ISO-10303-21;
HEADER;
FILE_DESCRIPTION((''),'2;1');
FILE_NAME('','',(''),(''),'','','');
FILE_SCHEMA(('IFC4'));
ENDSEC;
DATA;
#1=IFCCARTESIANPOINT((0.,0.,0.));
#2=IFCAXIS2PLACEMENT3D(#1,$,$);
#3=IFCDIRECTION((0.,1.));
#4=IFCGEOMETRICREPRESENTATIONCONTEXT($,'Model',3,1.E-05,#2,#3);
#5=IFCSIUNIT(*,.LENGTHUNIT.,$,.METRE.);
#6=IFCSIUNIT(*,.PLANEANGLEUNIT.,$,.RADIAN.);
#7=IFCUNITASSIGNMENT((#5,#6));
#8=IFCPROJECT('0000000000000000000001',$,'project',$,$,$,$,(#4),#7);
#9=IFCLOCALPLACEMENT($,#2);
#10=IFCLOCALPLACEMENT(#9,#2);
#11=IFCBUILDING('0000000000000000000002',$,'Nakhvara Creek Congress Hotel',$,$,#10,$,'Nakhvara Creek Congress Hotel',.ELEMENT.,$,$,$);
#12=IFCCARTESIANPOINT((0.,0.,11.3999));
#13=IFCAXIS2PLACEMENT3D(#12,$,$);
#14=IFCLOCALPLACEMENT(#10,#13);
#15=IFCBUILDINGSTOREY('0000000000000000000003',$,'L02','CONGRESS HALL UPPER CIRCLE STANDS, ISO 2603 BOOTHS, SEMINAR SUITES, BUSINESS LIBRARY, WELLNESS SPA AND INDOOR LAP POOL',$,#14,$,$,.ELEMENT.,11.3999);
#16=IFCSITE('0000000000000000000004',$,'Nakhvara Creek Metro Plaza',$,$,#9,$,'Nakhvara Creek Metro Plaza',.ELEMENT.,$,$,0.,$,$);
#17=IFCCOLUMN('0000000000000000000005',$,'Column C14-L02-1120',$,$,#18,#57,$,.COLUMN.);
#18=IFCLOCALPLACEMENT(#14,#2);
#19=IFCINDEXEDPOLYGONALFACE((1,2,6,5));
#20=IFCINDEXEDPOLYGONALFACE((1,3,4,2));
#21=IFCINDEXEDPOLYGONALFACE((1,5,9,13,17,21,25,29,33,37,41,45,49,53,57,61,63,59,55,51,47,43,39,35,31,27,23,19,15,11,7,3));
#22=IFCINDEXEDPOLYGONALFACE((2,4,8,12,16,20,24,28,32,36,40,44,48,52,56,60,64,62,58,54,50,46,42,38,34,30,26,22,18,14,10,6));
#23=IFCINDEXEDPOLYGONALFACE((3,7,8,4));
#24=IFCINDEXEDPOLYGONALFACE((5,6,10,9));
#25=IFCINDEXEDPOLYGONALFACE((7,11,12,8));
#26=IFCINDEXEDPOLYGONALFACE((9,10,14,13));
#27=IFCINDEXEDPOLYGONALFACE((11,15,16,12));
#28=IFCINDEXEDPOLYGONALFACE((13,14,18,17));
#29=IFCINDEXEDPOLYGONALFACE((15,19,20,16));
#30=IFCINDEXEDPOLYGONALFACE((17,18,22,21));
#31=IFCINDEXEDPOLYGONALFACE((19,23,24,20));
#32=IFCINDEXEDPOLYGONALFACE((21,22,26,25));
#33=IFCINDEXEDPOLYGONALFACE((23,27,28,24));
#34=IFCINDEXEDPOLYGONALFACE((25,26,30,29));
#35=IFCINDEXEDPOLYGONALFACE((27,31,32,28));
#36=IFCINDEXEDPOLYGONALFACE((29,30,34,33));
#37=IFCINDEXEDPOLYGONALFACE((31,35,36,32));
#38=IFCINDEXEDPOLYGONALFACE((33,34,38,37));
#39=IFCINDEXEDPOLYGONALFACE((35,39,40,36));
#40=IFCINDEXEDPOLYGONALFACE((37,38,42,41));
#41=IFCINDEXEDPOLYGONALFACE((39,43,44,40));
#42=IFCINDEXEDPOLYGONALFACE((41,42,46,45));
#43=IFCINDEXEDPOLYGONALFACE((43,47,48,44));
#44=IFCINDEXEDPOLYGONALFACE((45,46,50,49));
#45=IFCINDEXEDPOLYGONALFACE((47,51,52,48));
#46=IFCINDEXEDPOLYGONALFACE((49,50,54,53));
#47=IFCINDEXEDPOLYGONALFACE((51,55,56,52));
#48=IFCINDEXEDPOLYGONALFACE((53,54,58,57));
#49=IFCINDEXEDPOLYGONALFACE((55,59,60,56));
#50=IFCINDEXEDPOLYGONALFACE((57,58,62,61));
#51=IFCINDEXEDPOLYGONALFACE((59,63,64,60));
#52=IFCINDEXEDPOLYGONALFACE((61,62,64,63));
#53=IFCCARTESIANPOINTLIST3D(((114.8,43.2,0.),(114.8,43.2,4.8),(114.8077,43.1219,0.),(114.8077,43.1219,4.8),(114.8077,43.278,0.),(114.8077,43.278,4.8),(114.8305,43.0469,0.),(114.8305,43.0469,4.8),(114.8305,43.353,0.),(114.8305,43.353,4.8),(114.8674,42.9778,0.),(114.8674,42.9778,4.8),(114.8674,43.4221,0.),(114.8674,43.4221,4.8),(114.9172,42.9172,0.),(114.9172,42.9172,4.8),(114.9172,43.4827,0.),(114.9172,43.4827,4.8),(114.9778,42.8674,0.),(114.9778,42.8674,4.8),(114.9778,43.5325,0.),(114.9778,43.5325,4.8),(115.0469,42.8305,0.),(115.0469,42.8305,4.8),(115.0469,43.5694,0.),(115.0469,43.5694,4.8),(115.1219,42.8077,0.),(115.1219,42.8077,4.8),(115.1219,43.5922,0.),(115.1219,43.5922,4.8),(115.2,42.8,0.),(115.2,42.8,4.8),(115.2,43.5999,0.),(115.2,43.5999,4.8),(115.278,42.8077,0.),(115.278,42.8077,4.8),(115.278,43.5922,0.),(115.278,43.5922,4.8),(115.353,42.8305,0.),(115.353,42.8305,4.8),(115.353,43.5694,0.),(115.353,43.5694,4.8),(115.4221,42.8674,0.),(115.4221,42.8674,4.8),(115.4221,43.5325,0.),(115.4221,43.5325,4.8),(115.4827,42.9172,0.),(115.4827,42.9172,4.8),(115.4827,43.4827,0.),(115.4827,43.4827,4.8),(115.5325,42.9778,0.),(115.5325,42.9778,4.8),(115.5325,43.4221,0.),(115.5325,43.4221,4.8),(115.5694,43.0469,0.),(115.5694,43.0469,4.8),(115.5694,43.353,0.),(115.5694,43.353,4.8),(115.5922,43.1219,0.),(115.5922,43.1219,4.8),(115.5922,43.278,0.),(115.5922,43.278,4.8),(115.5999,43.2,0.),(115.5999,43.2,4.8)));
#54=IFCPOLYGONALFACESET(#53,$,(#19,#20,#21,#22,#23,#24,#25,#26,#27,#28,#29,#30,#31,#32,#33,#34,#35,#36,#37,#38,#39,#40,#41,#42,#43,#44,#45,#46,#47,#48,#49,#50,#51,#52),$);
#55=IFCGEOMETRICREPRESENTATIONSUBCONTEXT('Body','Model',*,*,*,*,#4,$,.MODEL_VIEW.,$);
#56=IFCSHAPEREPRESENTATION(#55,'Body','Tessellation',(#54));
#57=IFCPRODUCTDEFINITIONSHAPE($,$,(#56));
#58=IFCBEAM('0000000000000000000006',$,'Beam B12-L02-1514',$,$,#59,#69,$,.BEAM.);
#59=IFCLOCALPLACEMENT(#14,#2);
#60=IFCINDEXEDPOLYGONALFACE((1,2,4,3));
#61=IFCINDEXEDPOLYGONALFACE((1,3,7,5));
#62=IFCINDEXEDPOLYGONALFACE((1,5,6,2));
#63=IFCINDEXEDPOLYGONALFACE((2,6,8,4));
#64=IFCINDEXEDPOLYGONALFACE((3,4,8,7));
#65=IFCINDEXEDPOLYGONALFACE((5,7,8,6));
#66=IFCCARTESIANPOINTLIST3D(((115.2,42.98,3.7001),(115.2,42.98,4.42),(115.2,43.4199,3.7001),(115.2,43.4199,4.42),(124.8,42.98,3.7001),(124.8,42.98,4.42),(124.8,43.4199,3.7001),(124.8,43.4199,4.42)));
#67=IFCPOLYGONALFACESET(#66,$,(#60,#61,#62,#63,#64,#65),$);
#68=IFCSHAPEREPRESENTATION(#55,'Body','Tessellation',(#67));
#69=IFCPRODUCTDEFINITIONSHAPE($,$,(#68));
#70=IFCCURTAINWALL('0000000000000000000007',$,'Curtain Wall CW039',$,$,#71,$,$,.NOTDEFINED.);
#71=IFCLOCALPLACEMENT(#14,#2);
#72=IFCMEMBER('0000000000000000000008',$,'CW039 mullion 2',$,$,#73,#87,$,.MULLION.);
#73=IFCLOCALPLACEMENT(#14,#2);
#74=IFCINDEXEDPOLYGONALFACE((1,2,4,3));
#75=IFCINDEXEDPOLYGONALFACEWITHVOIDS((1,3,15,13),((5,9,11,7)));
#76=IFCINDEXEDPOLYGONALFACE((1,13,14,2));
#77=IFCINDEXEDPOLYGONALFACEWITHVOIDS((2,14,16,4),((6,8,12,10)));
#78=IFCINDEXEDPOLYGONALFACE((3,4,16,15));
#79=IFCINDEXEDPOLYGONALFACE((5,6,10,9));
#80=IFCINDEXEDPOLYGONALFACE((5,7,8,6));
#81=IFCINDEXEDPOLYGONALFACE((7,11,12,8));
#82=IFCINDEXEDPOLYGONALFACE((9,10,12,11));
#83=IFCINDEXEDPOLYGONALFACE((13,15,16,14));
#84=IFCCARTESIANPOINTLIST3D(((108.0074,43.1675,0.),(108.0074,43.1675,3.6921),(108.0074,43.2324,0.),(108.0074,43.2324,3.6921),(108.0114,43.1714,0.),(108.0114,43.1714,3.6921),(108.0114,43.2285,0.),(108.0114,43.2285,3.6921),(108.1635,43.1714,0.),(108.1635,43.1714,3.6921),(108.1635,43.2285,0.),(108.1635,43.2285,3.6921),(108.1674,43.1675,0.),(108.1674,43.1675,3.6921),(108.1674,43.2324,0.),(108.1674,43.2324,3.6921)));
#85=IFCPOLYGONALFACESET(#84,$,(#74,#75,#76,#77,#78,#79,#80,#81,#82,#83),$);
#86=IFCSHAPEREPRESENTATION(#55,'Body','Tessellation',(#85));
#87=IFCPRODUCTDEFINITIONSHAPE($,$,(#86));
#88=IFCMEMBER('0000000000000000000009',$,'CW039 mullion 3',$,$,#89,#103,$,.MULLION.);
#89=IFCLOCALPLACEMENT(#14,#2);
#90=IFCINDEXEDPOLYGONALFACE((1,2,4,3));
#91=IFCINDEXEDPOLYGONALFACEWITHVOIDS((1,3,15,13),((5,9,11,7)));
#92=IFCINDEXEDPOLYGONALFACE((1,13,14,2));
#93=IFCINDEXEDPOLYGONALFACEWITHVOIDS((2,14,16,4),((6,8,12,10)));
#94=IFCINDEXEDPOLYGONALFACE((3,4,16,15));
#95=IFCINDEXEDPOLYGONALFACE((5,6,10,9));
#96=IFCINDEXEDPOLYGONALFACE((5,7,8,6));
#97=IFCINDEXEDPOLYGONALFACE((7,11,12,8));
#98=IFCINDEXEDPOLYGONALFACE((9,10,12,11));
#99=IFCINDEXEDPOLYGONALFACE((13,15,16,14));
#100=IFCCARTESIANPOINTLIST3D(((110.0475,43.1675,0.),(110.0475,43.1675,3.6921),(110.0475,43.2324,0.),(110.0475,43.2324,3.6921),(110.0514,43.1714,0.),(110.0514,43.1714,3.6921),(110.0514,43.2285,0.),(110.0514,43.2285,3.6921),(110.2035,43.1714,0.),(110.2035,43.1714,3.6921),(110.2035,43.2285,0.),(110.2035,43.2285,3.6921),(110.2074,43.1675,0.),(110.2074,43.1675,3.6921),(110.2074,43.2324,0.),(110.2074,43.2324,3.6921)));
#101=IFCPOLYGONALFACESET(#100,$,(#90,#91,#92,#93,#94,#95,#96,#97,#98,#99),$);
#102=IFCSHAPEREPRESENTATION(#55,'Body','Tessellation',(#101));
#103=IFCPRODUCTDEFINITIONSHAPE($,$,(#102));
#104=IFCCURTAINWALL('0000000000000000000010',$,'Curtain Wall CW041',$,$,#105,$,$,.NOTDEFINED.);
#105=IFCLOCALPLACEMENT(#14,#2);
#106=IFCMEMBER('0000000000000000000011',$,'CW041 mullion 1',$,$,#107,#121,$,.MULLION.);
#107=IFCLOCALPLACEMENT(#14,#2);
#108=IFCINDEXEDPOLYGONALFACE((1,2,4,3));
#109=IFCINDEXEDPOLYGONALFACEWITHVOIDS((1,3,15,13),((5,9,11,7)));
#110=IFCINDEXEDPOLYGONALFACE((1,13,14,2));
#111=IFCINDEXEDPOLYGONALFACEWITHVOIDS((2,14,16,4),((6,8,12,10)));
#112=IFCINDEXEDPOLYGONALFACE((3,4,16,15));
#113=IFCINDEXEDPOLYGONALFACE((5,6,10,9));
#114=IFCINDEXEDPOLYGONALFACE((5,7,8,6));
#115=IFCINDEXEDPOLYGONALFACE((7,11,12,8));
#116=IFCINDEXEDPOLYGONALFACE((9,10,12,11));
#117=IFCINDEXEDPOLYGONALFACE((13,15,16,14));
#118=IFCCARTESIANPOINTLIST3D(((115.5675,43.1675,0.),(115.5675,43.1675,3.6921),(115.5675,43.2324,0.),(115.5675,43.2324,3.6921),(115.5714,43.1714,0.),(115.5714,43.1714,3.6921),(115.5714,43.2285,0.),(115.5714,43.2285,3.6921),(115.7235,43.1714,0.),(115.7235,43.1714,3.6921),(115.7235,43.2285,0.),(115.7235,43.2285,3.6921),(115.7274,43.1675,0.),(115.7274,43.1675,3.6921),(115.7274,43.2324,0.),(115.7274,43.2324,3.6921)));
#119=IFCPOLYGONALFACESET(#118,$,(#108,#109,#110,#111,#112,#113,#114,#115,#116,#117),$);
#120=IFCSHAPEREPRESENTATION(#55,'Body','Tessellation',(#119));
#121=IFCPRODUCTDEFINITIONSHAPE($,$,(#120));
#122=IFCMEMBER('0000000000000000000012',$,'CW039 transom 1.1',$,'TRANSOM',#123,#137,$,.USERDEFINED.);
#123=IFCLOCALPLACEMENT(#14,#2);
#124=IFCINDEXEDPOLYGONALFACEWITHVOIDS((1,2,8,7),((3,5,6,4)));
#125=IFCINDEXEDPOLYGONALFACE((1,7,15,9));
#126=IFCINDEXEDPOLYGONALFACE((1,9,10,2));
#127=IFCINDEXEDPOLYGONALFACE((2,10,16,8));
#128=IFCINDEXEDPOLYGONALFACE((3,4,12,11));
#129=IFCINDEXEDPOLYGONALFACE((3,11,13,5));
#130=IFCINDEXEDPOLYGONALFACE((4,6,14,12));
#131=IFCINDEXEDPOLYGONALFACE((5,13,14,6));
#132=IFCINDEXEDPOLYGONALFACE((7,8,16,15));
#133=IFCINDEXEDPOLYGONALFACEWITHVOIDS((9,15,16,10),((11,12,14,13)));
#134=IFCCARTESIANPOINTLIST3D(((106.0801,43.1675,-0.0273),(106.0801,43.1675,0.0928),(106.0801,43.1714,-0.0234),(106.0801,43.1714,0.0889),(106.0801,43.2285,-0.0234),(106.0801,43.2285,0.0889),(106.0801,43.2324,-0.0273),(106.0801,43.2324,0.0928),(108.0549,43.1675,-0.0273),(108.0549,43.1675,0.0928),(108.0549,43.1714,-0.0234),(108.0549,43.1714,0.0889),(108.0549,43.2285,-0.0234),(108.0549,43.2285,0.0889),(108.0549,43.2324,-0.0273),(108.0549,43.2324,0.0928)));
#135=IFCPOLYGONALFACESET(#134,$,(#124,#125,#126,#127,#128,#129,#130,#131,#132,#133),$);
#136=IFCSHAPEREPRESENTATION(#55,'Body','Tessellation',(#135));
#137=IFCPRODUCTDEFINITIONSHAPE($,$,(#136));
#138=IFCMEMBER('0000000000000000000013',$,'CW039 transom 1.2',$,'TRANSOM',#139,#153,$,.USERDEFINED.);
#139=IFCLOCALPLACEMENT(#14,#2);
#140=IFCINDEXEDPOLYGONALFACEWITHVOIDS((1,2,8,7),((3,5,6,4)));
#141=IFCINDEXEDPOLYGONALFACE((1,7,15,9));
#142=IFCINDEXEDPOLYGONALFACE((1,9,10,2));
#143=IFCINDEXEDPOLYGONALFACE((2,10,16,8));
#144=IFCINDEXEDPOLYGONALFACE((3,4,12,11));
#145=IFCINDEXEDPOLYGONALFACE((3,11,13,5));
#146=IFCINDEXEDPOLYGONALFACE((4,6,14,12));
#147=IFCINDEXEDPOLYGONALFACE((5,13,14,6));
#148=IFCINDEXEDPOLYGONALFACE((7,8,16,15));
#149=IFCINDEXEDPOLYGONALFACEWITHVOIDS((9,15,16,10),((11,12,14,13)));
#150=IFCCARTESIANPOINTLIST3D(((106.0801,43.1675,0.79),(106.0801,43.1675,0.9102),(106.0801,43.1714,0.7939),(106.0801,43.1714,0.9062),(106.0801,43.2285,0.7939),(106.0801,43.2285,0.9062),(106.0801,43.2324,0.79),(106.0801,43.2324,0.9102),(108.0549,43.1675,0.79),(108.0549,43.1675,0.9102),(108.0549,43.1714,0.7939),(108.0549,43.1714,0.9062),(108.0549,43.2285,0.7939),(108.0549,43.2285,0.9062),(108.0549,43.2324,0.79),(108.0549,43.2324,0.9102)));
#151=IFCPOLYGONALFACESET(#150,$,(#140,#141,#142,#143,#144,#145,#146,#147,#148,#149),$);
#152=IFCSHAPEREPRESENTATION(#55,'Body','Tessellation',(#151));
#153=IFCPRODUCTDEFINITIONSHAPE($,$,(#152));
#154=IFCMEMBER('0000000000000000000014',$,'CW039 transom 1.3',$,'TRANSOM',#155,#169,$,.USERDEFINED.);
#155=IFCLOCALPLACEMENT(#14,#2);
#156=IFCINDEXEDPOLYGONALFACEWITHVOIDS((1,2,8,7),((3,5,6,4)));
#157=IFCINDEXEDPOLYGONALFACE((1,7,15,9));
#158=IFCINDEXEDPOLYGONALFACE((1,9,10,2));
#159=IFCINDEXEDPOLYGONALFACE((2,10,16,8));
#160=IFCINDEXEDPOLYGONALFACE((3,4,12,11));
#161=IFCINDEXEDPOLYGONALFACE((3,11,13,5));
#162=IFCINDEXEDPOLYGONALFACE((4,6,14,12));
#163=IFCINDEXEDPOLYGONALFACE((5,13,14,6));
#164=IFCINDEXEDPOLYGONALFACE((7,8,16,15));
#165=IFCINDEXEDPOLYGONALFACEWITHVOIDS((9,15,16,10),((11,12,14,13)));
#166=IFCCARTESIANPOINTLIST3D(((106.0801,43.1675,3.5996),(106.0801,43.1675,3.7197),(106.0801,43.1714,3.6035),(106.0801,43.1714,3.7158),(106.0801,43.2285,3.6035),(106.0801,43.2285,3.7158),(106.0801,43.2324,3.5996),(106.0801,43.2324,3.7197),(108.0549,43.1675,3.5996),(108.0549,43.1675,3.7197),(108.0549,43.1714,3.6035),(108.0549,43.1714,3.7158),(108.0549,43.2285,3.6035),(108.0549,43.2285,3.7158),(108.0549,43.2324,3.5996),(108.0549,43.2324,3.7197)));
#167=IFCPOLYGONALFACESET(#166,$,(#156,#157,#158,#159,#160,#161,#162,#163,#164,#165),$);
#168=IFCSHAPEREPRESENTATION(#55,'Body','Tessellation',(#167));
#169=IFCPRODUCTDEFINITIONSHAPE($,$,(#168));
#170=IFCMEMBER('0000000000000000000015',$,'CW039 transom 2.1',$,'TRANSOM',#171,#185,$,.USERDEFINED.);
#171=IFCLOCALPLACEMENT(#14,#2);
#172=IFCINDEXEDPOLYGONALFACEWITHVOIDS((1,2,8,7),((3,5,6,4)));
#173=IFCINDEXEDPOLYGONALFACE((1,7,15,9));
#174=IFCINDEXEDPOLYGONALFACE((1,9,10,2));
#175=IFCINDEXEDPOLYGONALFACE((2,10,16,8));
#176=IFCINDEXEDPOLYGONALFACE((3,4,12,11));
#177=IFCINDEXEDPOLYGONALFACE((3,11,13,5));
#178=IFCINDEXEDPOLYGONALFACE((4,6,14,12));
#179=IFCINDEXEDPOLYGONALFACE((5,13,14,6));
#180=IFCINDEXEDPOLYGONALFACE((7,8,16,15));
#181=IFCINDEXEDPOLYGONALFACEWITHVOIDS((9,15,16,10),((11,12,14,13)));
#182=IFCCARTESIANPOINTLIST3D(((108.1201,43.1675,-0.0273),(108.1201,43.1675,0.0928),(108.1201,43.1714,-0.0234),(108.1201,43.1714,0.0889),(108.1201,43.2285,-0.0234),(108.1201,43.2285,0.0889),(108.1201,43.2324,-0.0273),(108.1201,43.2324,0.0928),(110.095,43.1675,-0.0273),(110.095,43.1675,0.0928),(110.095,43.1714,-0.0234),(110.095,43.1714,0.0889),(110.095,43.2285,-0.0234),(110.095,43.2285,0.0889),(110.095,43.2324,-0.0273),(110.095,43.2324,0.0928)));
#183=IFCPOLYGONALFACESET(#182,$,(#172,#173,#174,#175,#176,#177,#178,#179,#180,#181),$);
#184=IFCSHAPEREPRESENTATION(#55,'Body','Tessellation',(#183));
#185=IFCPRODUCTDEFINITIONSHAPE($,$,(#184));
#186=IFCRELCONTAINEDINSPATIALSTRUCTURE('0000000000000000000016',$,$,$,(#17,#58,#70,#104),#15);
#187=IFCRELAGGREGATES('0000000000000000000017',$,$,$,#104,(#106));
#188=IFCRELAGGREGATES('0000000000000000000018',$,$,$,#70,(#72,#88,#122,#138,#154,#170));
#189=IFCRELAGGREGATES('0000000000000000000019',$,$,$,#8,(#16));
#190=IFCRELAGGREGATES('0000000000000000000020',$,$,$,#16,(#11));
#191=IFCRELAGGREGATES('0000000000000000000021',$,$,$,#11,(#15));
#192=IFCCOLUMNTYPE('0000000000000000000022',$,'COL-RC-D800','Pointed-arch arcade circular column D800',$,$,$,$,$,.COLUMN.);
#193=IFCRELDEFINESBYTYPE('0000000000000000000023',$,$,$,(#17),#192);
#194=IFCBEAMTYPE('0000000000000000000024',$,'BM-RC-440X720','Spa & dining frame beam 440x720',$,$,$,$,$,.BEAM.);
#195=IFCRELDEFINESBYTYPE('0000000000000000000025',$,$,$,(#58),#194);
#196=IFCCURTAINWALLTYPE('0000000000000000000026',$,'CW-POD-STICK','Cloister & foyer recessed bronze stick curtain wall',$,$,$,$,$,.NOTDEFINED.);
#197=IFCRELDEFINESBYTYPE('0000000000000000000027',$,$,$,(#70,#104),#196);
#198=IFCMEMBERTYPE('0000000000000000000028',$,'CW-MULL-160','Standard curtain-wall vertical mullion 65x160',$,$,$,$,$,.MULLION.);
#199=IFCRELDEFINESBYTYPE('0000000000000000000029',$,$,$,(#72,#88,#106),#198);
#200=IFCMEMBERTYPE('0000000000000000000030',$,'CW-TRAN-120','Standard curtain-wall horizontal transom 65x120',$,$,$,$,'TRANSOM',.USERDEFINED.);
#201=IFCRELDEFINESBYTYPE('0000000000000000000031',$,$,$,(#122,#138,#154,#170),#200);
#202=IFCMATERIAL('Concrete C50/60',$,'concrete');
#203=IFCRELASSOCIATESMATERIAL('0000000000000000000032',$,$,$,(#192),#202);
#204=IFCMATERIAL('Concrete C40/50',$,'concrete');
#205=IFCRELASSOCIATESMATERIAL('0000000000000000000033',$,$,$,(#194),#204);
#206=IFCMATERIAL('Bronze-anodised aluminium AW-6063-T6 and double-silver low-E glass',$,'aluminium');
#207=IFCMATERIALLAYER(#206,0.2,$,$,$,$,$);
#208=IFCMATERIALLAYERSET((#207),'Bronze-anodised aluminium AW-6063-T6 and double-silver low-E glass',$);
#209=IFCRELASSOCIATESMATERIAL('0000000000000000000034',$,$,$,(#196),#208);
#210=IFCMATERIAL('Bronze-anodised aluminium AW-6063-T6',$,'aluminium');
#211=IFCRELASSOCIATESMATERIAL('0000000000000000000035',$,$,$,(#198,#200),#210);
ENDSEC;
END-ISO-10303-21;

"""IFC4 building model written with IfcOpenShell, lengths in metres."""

from ifc_helpers import new_model, si_unit, direction, frame, origin, origin_2d, place, context, subcontext, project, spatial, rectangle, hollow_rectangle, circle, extrude, material, layer, layer_set, material_profile, profile_set, type_object, element, aggregate, save


model = new_model("IFC4")

# Units and contexts
model_context = context("Model", 3, precision=1e-05, world=origin(), true_north=direction((0.0, 1.0)))
body_context = subcontext(model_context, "Body", "Model", "MODEL_VIEW")
ifc_project = project(units=[si_unit("LENGTHUNIT", "METRE"), si_unit("PLANEANGLEUNIT", "RADIAN")], contexts=[model_context])

# Site, building, storey
site_placement = place(None, origin())
site = spatial("IfcSite", under=ifc_project, at=site_placement, Name="Nakhvara Creek Metro Plaza", LongName="Nakhvara Creek Metro Plaza", CompositionType="ELEMENT", RefElevation=0.0)
building_placement = place(site_placement, origin())
building = spatial("IfcBuilding", under=site, at=building_placement, Name="Nakhvara Creek Congress Hotel", LongName="Nakhvara Creek Congress Hotel", CompositionType="ELEMENT")
storey_placement = place(building_placement, frame((0.0, 0.0, 11.3999)))
storey = spatial("IfcBuildingStorey", under=building, at=storey_placement, Name="L02", Description="CONGRESS HALL UPPER CIRCLE STANDS, ISO 2603 BOOTHS, SEMINAR SUITES, BUSINESS LIBRARY, WELLNESS SPA AND INDOOR LAP POOL", CompositionType="ELEMENT", Elevation=11.3999)

# Column
ifc_material_1 = material(Name="Concrete C50/60", Category="concrete")
ifc_material_profile_1 = material_profile(ifc_material_1, circle(Radius=0.3999, at=origin_2d()), Name="RC-COL D800", Category="LoadBearing")
ifc_profile_set_1 = profile_set([ifc_material_profile_1], Name="Concrete C50/60")
column_type = type_object("IfcColumnType", Name="COL-RC-D800", Description="Pointed-arch arcade circular column D800", PredefinedType="COLUMN", material=ifc_profile_set_1)
column_placement = place(storey_placement, frame((115.2, 43.2, 0.0), z_axis=(0.0, 0.0, 1.0), x_axis=(1.0, 0.0, 0.0)))
element("IfcColumn", 1, at=column_placement, inside=storey, type_object=column_type, Name="Column C14-L02-1120", PredefinedType="COLUMN", context=body_context, shape_type="SweptSolid", body=[
    extrude(circle(Radius=0.3999, at=origin_2d()), origin(), (0.0, 0.0, 1.0), 4.8),
])

# Beam
ifc_material_2 = material(Name="Concrete C40/50", Category="concrete")
ifc_material_profile_2 = material_profile(ifc_material_2, rectangle(XDim=0.4399, YDim=0.72, at=origin_2d()), Name="RC-BM 440x720", Category="LoadBearing")
ifc_profile_set_2 = profile_set([ifc_material_profile_2], Name="Concrete C40/50")
beam_type = type_object("IfcBeamType", Name="BM-RC-440X720", Description="Spa & dining frame beam 440x720", PredefinedType="BEAM", material=ifc_profile_set_2)
beam_placement = place(storey_placement, frame((115.2, 43.2, 4.0601), z_axis=(1.0, 0.0, 0.0), x_axis=(0.0, 1.0, 0.0)))
element("IfcBeam", 2, at=beam_placement, inside=storey, type_object=beam_type, Name="Beam B12-L02-1514", PredefinedType="BEAM", context=body_context, shape_type="SweptSolid", body=[
    extrude(rectangle(XDim=0.4399, YDim=0.72, at=origin_2d()), origin(), (0.0, 0.0, 1.0), 9.6001),
])

# Curtain wall, members
ifc_material_3 = material(Name="Bronze-anodised aluminium AW-6063-T6 and double-silver low-E glass", Category="aluminium")
ifc_layer = layer(ifc_material_3, 0.2)
ifc_layer_set = layer_set([ifc_layer], Name="Bronze-anodised aluminium AW-6063-T6 and double-silver low-E glass")
curtain_wall_type = type_object("IfcCurtainWallType", Name="CW-POD-STICK", Description="Cloister & foyer recessed bronze stick curtain wall", PredefinedType="NOTDEFINED", material=ifc_layer_set)
curtain_wall_1_placement = place(storey_placement, origin())
curtain_wall_1 = element("IfcCurtainWall", 3, at=curtain_wall_1_placement, inside=storey, type_object=curtain_wall_type, Name="Curtain Wall CW039", PredefinedType="NOTDEFINED")
ifc_material_4 = material(Name="Bronze-anodised aluminium AW-6063-T6", Category="aluminium")
ifc_material_profile_3 = material_profile(ifc_material_4, hollow_rectangle(XDim=0.0649, YDim=0.1599, WallThickness=0.0039, at=origin_2d()), Name="ALU-MULL 65x160x4", Category="LoadBearing")
ifc_profile_set_3 = profile_set([ifc_material_profile_3], Name="Bronze-anodised aluminium AW-6063-T6")
member_type_1 = type_object("IfcMemberType", Name="CW-MULL-160", Description="Standard curtain-wall vertical mullion 65x160", PredefinedType="MULLION", material=ifc_profile_set_3)
member_1_placement = place(storey_placement, frame((108.0874, 43.2, 0.0), z_axis=(0.0, 0.0, 1.0), x_axis=(0.0, 1.0, 0.0)))
member_1 = element("IfcMember", 4, at=member_1_placement, type_object=member_type_1, Name="CW039 mullion 2", PredefinedType="MULLION", context=body_context, shape_type="SweptSolid", body=[
    extrude(hollow_rectangle(XDim=0.0649, YDim=0.1599, WallThickness=0.0039, at=origin_2d()), origin(), (0.0, 0.0, 1.0), 3.6921),
])
member_2_placement = place(storey_placement, frame((110.1274, 43.2, 0.0), z_axis=(0.0, 0.0, 1.0), x_axis=(0.0, 1.0, 0.0)))
member_2 = element("IfcMember", 5, at=member_2_placement, type_object=member_type_1, Name="CW039 mullion 3", PredefinedType="MULLION", context=body_context, shape_type="SweptSolid", body=[
    extrude(hollow_rectangle(XDim=0.0649, YDim=0.1599, WallThickness=0.0039, at=origin_2d()), origin(), (0.0, 0.0, 1.0), 3.6921),
])

# Curtain wall, member
curtain_wall_2_placement = place(storey_placement, origin())
curtain_wall_2 = element("IfcCurtainWall", 6, at=curtain_wall_2_placement, inside=storey, type_object=curtain_wall_type, Name="Curtain Wall CW041", PredefinedType="NOTDEFINED")
member_3_placement = place(storey_placement, frame((115.6475, 43.2, 0.0), z_axis=(0.0, 0.0, 1.0), x_axis=(0.0, 1.0, 0.0)))
member_3 = element("IfcMember", 7, at=member_3_placement, type_object=member_type_1, Name="CW041 mullion 1", PredefinedType="MULLION", context=body_context, shape_type="SweptSolid", body=[
    extrude(hollow_rectangle(XDim=0.0649, YDim=0.1599, WallThickness=0.0039, at=origin_2d()), origin(), (0.0, 0.0, 1.0), 3.6921),
])

# Members
ifc_material_profile_4 = material_profile(ifc_material_4, hollow_rectangle(XDim=0.0649, YDim=0.1201, WallThickness=0.0039, at=origin_2d()), Name="ALU-TRAN 65x120x4", Category="LoadBearing")
ifc_profile_set_4 = profile_set([ifc_material_profile_4], Name="Bronze-anodised aluminium AW-6063-T6")
member_type_2 = type_object("IfcMemberType", Name="CW-TRAN-120", Description="Standard curtain-wall horizontal transom 65x120", ElementType="TRANSOM", PredefinedType="USERDEFINED", material=ifc_profile_set_4)
member_4_placement = place(storey_placement, frame((106.0801, 43.2, 0.0327), z_axis=(1.0, 0.0, 0.0), x_axis=(0.0, 1.0, 0.0)))
member_4 = element("IfcMember", 8, at=member_4_placement, type_object=member_type_2, Name="CW039 transom 1.1", ObjectType="TRANSOM", PredefinedType="USERDEFINED", context=body_context, shape_type="SweptSolid", body=[
    extrude(hollow_rectangle(XDim=0.0649, YDim=0.1201, WallThickness=0.0039, at=origin_2d()), origin(), (0.0, 0.0, 1.0), 1.9749),
])
member_5_placement = place(storey_placement, frame((106.0801, 43.2, 0.8501), z_axis=(1.0, 0.0, 0.0), x_axis=(0.0, 1.0, 0.0)))
member_5 = element("IfcMember", 9, at=member_5_placement, type_object=member_type_2, Name="CW039 transom 1.2", ObjectType="TRANSOM", PredefinedType="USERDEFINED", context=body_context, shape_type="SweptSolid", body=[
    extrude(hollow_rectangle(XDim=0.0649, YDim=0.1201, WallThickness=0.0039, at=origin_2d()), origin(), (0.0, 0.0, 1.0), 1.9749),
])
member_6_placement = place(storey_placement, frame((106.0801, 43.2, 3.6597), z_axis=(1.0, 0.0, 0.0), x_axis=(0.0, 1.0, 0.0)))
member_6 = element("IfcMember", 10, at=member_6_placement, type_object=member_type_2, Name="CW039 transom 1.3", ObjectType="TRANSOM", PredefinedType="USERDEFINED", context=body_context, shape_type="SweptSolid", body=[
    extrude(hollow_rectangle(XDim=0.0649, YDim=0.1201, WallThickness=0.0039, at=origin_2d()), origin(), (0.0, 0.0, 1.0), 1.9749),
])
member_7_placement = place(storey_placement, frame((108.1201, 43.2, 0.0327), z_axis=(1.0, 0.0, 0.0), x_axis=(0.0, 1.0, 0.0)))
member_7 = element("IfcMember", 11, at=member_7_placement, type_object=member_type_2, Name="CW039 transom 2.1", ObjectType="TRANSOM", PredefinedType="USERDEFINED", context=body_context, shape_type="SweptSolid", body=[
    extrude(hollow_rectangle(XDim=0.0649, YDim=0.1201, WallThickness=0.0039, at=origin_2d()), origin(), (0.0, 0.0, 1.0), 1.9749),
])
aggregate(curtain_wall_2, [member_3])

aggregate(curtain_wall_1, [member_1, member_2, member_4, member_5, member_6, member_7])

save(model, "model.ifc")
